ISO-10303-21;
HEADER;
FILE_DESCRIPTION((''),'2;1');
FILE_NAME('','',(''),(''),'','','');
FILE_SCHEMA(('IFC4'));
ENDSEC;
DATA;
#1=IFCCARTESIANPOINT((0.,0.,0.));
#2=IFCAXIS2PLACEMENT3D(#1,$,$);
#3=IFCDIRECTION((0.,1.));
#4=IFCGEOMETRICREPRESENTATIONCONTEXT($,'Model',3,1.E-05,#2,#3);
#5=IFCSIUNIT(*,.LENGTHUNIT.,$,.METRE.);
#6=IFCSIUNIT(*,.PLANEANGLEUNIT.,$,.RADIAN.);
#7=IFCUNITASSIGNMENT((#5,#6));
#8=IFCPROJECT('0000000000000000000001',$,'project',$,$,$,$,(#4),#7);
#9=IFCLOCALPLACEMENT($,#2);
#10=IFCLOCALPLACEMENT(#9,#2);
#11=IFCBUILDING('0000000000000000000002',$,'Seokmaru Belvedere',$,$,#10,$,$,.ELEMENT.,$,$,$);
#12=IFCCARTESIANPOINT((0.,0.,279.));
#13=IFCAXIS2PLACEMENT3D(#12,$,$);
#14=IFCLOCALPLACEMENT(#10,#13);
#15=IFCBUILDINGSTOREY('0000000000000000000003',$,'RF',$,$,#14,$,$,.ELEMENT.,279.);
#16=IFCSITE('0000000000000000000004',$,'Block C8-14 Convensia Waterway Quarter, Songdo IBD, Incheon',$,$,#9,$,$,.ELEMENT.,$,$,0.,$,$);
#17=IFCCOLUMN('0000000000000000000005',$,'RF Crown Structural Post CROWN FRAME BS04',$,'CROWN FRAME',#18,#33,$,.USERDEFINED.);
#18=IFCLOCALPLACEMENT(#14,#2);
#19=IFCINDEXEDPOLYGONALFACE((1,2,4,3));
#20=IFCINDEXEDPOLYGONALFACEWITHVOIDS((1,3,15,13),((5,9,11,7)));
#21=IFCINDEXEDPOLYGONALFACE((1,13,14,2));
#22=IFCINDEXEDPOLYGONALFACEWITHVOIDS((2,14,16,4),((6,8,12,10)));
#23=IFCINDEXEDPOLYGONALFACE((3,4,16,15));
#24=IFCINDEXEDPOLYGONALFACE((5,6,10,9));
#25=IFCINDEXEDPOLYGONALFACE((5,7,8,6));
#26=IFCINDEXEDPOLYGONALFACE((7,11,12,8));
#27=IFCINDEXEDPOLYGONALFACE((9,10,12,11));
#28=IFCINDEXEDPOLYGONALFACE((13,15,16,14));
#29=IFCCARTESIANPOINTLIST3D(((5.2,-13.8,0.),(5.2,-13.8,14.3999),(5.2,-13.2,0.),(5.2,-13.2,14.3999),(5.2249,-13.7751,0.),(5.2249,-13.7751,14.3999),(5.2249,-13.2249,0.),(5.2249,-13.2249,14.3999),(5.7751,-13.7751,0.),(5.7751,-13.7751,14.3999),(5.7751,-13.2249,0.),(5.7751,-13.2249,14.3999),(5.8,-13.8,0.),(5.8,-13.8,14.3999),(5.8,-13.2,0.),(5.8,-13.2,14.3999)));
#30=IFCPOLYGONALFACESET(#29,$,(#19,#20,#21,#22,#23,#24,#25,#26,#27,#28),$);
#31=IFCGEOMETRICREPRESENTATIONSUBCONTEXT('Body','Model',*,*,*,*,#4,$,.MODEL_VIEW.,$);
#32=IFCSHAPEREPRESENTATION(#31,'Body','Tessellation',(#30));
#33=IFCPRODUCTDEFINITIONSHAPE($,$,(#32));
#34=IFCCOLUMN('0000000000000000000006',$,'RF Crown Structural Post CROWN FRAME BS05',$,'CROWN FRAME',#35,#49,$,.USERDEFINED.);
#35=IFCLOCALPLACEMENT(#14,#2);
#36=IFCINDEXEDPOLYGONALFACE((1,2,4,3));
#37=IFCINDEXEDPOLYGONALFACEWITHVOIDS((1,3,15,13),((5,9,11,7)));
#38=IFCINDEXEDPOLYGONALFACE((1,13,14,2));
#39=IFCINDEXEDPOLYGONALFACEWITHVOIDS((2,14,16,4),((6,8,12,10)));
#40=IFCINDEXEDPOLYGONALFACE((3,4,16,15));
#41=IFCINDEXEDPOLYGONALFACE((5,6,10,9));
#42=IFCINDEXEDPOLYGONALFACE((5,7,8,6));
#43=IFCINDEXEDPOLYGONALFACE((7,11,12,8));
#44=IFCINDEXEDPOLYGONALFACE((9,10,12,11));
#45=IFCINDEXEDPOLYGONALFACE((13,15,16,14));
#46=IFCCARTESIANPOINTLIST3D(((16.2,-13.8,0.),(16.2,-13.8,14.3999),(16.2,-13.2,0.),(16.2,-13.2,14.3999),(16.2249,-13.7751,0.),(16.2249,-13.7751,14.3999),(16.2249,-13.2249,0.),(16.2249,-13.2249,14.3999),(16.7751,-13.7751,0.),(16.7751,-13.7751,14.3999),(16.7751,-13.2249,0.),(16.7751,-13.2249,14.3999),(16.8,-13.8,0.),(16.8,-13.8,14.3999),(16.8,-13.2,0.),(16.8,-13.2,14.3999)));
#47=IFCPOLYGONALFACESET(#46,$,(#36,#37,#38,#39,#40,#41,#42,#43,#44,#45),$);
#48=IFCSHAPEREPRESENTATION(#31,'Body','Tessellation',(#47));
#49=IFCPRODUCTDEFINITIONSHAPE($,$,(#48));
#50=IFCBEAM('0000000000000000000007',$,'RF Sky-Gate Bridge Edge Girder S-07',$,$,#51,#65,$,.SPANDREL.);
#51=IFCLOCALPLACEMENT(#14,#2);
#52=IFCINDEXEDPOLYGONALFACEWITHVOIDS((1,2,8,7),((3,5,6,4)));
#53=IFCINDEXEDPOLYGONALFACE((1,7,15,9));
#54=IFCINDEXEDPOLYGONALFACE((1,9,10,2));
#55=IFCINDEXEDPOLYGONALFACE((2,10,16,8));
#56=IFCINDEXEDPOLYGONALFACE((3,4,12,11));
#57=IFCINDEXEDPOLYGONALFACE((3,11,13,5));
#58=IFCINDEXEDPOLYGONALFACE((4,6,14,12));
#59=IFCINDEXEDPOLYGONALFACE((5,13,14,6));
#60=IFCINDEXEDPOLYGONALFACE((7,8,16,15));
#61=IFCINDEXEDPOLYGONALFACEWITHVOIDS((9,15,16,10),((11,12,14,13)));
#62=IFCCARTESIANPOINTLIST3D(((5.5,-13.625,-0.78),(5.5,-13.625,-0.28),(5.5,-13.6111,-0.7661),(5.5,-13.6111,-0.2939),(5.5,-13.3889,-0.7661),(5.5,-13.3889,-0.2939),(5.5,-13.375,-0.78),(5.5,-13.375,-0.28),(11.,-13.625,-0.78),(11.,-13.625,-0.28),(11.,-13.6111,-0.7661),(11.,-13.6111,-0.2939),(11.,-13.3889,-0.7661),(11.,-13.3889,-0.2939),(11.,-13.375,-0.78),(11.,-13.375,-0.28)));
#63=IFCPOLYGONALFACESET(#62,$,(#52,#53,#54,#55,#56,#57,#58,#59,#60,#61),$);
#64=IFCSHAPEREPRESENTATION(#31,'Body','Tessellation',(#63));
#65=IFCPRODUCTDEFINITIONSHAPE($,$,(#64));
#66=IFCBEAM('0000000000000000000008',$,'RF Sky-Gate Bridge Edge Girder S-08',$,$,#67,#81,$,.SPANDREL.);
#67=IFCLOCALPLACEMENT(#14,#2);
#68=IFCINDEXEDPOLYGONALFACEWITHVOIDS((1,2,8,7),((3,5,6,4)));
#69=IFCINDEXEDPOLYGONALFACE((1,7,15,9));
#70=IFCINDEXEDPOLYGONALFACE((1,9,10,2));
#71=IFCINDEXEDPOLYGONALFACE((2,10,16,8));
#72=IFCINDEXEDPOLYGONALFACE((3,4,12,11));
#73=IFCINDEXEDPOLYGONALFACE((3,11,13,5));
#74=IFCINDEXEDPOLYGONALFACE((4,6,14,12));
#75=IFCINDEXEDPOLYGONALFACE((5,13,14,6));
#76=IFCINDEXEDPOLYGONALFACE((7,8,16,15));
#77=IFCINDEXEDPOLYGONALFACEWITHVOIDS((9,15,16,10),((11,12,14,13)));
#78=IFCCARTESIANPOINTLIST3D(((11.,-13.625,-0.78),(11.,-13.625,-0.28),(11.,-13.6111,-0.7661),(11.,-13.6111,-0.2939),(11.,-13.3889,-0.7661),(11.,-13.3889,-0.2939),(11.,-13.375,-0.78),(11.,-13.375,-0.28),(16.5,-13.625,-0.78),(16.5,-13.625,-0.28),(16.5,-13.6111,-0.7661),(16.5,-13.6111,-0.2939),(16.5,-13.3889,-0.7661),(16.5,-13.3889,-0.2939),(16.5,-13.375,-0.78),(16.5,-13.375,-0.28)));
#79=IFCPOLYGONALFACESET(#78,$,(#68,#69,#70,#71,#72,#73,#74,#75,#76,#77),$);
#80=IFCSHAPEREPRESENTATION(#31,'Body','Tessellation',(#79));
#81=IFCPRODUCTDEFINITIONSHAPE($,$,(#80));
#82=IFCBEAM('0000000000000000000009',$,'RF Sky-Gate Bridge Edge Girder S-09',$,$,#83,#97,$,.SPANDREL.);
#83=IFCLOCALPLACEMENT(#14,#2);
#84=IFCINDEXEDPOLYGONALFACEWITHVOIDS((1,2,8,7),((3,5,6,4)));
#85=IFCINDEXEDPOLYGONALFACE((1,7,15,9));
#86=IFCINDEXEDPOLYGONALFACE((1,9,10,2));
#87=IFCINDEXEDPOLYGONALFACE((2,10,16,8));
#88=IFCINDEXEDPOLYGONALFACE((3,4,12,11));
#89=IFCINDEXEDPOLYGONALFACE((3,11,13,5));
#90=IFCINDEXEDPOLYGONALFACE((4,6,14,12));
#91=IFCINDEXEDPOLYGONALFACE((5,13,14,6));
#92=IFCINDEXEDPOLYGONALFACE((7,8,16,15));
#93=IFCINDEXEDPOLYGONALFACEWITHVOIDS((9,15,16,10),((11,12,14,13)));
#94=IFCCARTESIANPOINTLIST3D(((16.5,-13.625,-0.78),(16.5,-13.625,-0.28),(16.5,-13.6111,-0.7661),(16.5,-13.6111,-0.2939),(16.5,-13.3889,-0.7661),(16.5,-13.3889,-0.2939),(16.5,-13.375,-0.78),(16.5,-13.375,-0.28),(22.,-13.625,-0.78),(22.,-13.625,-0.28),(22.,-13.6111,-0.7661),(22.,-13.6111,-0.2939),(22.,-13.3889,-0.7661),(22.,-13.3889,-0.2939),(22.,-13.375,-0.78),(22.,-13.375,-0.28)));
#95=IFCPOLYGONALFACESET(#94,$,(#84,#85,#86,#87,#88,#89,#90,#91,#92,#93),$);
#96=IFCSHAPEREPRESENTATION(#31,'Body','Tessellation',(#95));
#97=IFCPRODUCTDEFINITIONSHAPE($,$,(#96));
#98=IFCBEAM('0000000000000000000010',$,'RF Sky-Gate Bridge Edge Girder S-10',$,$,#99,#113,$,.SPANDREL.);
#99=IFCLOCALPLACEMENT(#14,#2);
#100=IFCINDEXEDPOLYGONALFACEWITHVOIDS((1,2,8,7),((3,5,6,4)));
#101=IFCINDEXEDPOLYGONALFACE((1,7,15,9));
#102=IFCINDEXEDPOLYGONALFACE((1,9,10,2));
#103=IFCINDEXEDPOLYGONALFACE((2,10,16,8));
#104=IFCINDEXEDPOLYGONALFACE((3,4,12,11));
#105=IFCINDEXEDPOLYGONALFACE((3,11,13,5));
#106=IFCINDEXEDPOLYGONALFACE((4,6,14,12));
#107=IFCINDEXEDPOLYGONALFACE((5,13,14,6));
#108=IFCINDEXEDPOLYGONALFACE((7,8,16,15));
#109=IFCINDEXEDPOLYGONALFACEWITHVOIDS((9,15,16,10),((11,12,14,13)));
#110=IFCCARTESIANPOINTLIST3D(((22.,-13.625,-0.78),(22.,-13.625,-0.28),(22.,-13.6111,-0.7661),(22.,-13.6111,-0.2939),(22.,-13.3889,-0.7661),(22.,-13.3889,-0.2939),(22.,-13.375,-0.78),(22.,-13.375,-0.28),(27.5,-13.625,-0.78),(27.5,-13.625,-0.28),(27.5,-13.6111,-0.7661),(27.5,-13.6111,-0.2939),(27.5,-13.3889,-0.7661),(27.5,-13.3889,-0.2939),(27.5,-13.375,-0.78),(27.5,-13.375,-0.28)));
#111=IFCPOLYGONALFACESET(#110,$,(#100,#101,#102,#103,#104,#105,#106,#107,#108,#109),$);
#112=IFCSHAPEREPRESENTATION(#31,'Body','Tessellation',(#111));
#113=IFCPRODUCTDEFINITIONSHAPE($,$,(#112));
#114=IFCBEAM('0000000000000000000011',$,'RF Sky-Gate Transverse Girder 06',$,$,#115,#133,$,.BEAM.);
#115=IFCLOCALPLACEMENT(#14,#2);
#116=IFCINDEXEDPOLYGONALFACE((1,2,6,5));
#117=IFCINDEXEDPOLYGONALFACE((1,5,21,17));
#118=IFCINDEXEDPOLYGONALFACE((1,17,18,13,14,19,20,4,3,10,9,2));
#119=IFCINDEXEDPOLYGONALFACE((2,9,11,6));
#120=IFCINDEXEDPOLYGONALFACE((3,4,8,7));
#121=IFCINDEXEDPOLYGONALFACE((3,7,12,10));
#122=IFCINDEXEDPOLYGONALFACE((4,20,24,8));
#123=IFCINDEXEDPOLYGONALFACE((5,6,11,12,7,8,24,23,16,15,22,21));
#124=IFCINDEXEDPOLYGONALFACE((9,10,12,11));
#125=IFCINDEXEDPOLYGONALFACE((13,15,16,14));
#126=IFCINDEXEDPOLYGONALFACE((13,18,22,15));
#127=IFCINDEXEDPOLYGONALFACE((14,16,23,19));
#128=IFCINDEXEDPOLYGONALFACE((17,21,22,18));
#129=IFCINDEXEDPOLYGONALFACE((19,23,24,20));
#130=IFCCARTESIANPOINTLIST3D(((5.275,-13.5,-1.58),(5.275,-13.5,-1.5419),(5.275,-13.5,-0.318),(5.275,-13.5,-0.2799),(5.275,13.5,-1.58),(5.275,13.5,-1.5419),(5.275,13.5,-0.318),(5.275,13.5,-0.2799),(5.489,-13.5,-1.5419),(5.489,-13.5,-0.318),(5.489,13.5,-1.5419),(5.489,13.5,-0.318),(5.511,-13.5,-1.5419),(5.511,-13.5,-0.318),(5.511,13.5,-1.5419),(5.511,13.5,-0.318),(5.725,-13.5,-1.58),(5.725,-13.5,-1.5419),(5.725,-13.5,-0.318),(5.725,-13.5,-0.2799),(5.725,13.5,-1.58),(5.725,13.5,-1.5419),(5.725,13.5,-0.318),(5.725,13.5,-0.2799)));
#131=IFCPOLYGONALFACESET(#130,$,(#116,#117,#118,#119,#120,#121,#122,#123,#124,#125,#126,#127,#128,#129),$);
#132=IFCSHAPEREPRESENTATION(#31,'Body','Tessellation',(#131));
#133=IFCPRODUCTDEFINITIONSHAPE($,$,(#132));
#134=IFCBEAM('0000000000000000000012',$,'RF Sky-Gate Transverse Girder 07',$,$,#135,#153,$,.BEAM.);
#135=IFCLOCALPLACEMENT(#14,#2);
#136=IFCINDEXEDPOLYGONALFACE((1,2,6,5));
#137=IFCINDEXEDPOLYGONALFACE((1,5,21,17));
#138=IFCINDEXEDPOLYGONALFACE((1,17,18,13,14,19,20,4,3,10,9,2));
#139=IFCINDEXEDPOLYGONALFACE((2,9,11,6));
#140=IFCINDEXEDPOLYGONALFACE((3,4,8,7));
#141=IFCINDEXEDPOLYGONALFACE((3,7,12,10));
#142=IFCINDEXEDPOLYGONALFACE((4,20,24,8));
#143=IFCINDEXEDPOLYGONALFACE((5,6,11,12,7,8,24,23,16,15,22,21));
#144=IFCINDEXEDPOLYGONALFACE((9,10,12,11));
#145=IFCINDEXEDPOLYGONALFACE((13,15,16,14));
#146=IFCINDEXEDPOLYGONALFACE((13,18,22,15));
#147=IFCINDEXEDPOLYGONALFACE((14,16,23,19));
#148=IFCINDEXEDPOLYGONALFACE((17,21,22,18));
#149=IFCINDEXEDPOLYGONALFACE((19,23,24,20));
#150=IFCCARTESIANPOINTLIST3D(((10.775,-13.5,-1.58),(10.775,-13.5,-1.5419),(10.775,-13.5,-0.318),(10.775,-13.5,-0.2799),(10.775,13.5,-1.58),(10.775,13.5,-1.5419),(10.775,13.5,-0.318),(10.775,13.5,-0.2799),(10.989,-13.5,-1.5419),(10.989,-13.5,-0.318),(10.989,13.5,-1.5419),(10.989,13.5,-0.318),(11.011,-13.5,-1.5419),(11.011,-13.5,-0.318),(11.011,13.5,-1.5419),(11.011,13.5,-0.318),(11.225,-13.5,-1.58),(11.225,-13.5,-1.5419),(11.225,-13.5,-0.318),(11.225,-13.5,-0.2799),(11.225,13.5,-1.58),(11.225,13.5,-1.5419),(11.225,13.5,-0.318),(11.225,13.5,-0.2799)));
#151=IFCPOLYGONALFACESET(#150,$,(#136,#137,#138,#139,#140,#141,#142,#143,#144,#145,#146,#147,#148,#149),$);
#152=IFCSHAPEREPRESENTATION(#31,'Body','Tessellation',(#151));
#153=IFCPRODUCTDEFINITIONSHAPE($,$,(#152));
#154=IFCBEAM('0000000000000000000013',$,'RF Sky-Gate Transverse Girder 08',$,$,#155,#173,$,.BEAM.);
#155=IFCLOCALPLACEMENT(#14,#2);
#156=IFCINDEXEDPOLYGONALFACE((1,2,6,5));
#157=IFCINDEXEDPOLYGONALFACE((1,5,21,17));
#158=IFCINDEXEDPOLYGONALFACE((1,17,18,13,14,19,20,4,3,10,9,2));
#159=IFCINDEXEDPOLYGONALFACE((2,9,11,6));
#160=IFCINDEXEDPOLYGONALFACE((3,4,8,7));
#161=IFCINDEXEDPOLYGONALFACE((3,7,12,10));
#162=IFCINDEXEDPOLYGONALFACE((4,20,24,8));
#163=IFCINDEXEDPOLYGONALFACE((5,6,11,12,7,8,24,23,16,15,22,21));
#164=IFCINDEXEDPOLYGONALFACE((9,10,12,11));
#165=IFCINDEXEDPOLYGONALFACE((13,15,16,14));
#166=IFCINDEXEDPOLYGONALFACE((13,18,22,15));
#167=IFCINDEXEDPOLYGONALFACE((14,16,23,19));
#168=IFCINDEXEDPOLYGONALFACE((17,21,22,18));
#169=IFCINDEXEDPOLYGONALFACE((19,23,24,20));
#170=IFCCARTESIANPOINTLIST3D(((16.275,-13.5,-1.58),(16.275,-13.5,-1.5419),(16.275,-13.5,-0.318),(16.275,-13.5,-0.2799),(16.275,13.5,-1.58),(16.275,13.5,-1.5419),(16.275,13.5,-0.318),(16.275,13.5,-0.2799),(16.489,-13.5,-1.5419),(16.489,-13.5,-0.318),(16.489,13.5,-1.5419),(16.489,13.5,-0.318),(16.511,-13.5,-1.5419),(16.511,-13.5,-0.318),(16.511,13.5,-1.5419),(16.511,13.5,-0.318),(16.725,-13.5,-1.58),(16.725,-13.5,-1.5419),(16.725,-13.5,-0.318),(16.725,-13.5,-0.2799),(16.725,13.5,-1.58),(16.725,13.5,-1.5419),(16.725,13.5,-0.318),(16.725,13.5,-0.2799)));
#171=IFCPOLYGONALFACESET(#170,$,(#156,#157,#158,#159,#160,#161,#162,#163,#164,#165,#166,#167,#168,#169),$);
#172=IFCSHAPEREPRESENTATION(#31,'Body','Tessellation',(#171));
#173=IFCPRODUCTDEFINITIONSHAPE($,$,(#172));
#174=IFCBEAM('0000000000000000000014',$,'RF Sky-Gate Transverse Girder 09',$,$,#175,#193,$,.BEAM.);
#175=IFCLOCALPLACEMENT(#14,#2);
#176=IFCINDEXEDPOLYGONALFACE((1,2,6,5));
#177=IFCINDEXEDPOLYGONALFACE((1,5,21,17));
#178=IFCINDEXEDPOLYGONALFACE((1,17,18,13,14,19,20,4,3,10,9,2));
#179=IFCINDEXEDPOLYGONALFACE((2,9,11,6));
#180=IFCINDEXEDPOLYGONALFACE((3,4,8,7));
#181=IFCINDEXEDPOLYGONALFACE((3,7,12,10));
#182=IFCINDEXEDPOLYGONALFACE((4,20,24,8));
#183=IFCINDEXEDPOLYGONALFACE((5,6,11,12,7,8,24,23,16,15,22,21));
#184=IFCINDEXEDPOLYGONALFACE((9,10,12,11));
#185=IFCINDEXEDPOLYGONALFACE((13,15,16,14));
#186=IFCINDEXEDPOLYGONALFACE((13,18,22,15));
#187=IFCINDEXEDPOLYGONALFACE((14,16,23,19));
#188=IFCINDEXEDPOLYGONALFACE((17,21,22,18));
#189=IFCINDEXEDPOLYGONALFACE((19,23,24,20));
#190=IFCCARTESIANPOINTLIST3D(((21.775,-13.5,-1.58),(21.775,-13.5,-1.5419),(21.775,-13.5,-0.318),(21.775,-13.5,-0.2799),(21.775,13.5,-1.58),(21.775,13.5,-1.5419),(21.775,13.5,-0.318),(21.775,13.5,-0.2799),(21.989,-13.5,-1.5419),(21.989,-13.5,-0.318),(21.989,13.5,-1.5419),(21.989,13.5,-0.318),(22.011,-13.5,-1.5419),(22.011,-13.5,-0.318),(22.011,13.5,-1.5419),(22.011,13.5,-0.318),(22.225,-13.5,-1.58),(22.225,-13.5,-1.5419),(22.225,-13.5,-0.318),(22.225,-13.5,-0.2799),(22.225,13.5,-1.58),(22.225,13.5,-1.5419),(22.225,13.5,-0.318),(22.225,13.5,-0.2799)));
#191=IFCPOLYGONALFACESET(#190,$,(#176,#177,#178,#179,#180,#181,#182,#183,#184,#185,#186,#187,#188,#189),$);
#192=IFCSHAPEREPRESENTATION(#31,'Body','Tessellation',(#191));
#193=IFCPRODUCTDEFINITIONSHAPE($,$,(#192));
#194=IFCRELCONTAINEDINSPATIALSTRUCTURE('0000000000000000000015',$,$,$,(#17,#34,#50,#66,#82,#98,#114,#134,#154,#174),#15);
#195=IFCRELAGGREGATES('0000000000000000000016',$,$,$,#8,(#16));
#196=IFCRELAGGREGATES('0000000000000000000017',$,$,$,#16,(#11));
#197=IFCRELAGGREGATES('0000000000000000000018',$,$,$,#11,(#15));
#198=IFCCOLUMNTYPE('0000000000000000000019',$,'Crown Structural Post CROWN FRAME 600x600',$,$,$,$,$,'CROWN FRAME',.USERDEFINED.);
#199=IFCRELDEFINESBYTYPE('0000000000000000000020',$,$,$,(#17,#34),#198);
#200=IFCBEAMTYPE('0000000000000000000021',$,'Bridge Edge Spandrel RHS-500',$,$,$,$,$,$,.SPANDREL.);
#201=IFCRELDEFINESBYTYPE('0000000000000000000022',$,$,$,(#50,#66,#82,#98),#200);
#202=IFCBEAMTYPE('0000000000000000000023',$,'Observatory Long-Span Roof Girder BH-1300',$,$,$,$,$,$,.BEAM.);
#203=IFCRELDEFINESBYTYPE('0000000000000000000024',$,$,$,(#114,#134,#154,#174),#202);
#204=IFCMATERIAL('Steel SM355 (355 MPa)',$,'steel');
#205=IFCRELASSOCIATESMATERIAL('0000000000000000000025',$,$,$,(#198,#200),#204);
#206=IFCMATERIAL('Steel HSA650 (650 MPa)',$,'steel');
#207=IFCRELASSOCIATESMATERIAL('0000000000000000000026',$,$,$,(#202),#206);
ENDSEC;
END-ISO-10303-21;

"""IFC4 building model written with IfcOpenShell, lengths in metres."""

from ifc_helpers import new_model, si_unit, direction, frame, origin, origin_2d, place, context, subcontext, project, spatial, hollow_rectangle, i_section, extrude, source, transform, mapped, material, material_profile, profile_set, type_object, type_shapes, element, save


model = new_model("IFC4")

# Units and contexts
model_context = context("Model", 3, precision=1e-05, world=origin(), true_north=direction((0.0, 1.0)))
body_context = subcontext(model_context, "Body", "Model", "MODEL_VIEW")
ifc_project = project(units=[si_unit("LENGTHUNIT", "METRE"), si_unit("PLANEANGLEUNIT", "RADIAN")], contexts=[model_context])

# Site, building, storey
site_placement = place(None, origin())
site = spatial("IfcSite", under=ifc_project, at=site_placement, Name="Block C8-14 Convensia Waterway Quarter, Songdo IBD, Incheon", CompositionType="ELEMENT", RefElevation=0.0)
building_placement = place(site_placement, origin())
building = spatial("IfcBuilding", under=site, at=building_placement, Name="Seokmaru Belvedere", CompositionType="ELEMENT")
storey_placement = place(building_placement, frame((0.0, 0.0, 279.0)))
storey = spatial("IfcBuildingStorey", under=building, at=storey_placement, Name="RF", CompositionType="ELEMENT", Elevation=279.0)

# Columns
ifc_material_1 = material(Name="Steel SM355 (355 MPa)", Category="steel")
ifc_material_profile_1 = material_profile(ifc_material_1, hollow_rectangle(XDim=0.6001, YDim=0.6001, WallThickness=0.0249, at=origin_2d()), Name="HSS-600x600x25")
ifc_profile_set_1 = profile_set([ifc_material_profile_1], Name="Steel SM355 (355 MPa)")
column_type = type_object("IfcColumnType", Name="Crown Structural Post CROWN FRAME 600x600", ElementType="CROWN FRAME", PredefinedType="USERDEFINED", material=ifc_profile_set_1)
shared_shape_1 = source(origin(), body_context, "Body", "SweptSolid", [
    extrude(hollow_rectangle(XDim=0.6001, YDim=0.6001, WallThickness=0.0249, at=origin_2d()), origin(), (0.0, 0.0, 1.0), 14.3999),
])
type_shapes(column_type, [shared_shape_1])
for number, where, z_axis, x_axis, name in (
    (1, (5.5, -13.5, 0.0), (0.0, 0.0, 1.0), (1.0, 0.0, 0.0), "RF Crown Structural Post CROWN FRAME BS04"),
    (2, (16.5, -13.5, 0.0), (0.0, 0.0, 1.0), (1.0, 0.0, 0.0), "RF Crown Structural Post CROWN FRAME BS05"),
):
    element("IfcColumn", number, at=place(storey_placement, frame(where, z_axis=z_axis, x_axis=x_axis)), inside=storey, type_object=column_type, Name=name, ObjectType="CROWN FRAME", PredefinedType="USERDEFINED", context=body_context, shape_type="MappedRepresentation", body=[
        mapped(shared_shape_1, transform((0.0, 0.0, 0.0), scale=1.0)),
    ])

# Beams
ifc_material_profile_2 = material_profile(ifc_material_1, hollow_rectangle(XDim=0.25, YDim=0.5, WallThickness=0.0139, at=origin_2d()), Name="RHS-500x250x14")
ifc_profile_set_2 = profile_set([ifc_material_profile_2], Name="Steel SM355 (355 MPa)")
beam_type_1 = type_object("IfcBeamType", Name="Bridge Edge Spandrel RHS-500", PredefinedType="SPANDREL", material=ifc_profile_set_2)
shared_shape_2 = source(origin(), body_context, "Body", "SweptSolid", [
    extrude(hollow_rectangle(XDim=0.25, YDim=0.5, WallThickness=0.0139, at=origin_2d()), origin(), (0.0, 0.0, 1.0), 5.5),
])
type_shapes(beam_type_1, [shared_shape_2])
for number, where, z_axis, x_axis, name in (
    (3, (5.5, -13.5, -0.53), (1.0, 0.0, 0.0), (0.0, 1.0, 0.0), "RF Sky-Gate Bridge Edge Girder S-07"),
    (4, (11.0, -13.5, -0.53), (1.0, 0.0, 0.0), (0.0, 1.0, 0.0), "RF Sky-Gate Bridge Edge Girder S-08"),
    (5, (16.5, -13.5, -0.53), (1.0, 0.0, 0.0), (0.0, 1.0, 0.0), "RF Sky-Gate Bridge Edge Girder S-09"),
    (6, (22.0, -13.5, -0.53), (1.0, 0.0, 0.0), (0.0, 1.0, 0.0), "RF Sky-Gate Bridge Edge Girder S-10"),
):
    element("IfcBeam", number, at=place(storey_placement, frame(where, z_axis=z_axis, x_axis=x_axis)), inside=storey, type_object=beam_type_1, Name=name, PredefinedType="SPANDREL", context=body_context, shape_type="MappedRepresentation", body=[
        mapped(shared_shape_2, transform((0.0, 0.0, 0.0), scale=1.0)),
    ])
ifc_material_2 = material(Name="Steel HSA650 (650 MPa)", Category="steel")
ifc_material_profile_3 = material_profile(ifc_material_2, i_section(OverallWidth=0.45, OverallDepth=1.3, WebThickness=0.022, FlangeThickness=0.0381, at=origin_2d()), Name="BH-1300x450x22x38")
ifc_profile_set_3 = profile_set([ifc_material_profile_3], Name="Steel HSA650 (650 MPa)")
beam_type_2 = type_object("IfcBeamType", Name="Observatory Long-Span Roof Girder BH-1300", PredefinedType="BEAM", material=ifc_profile_set_3)
shared_shape_3 = source(origin(), body_context, "Body", "SweptSolid", [
    extrude(i_section(OverallWidth=0.45, OverallDepth=1.3, WebThickness=0.022, FlangeThickness=0.0381, at=origin_2d()), origin(), (0.0, 0.0, 1.0), 27.0),
])
type_shapes(beam_type_2, [shared_shape_3])
for number, where, z_axis, x_axis, name in (
    (7, (5.5, -13.5, -0.9299), (0.0, 1.0, 0.0), (-1.0, 0.0, 0.0), "RF Sky-Gate Transverse Girder 06"),
    (8, (11.0, -13.5, -0.9299), (0.0, 1.0, 0.0), (-1.0, 0.0, 0.0), "RF Sky-Gate Transverse Girder 07"),
    (9, (16.5, -13.5, -0.9299), (0.0, 1.0, 0.0), (-1.0, 0.0, 0.0), "RF Sky-Gate Transverse Girder 08"),
    (10, (22.0, -13.5, -0.9299), (0.0, 1.0, 0.0), (-1.0, 0.0, 0.0), "RF Sky-Gate Transverse Girder 09"),
):
    element("IfcBeam", number, at=place(storey_placement, frame(where, z_axis=z_axis, x_axis=x_axis)), inside=storey, type_object=beam_type_2, Name=name, PredefinedType="BEAM", context=body_context, shape_type="MappedRepresentation", body=[
        mapped(shared_shape_3, transform((0.0, 0.0, 0.0), scale=1.0)),
    ])

save(model, "model.ifc")
